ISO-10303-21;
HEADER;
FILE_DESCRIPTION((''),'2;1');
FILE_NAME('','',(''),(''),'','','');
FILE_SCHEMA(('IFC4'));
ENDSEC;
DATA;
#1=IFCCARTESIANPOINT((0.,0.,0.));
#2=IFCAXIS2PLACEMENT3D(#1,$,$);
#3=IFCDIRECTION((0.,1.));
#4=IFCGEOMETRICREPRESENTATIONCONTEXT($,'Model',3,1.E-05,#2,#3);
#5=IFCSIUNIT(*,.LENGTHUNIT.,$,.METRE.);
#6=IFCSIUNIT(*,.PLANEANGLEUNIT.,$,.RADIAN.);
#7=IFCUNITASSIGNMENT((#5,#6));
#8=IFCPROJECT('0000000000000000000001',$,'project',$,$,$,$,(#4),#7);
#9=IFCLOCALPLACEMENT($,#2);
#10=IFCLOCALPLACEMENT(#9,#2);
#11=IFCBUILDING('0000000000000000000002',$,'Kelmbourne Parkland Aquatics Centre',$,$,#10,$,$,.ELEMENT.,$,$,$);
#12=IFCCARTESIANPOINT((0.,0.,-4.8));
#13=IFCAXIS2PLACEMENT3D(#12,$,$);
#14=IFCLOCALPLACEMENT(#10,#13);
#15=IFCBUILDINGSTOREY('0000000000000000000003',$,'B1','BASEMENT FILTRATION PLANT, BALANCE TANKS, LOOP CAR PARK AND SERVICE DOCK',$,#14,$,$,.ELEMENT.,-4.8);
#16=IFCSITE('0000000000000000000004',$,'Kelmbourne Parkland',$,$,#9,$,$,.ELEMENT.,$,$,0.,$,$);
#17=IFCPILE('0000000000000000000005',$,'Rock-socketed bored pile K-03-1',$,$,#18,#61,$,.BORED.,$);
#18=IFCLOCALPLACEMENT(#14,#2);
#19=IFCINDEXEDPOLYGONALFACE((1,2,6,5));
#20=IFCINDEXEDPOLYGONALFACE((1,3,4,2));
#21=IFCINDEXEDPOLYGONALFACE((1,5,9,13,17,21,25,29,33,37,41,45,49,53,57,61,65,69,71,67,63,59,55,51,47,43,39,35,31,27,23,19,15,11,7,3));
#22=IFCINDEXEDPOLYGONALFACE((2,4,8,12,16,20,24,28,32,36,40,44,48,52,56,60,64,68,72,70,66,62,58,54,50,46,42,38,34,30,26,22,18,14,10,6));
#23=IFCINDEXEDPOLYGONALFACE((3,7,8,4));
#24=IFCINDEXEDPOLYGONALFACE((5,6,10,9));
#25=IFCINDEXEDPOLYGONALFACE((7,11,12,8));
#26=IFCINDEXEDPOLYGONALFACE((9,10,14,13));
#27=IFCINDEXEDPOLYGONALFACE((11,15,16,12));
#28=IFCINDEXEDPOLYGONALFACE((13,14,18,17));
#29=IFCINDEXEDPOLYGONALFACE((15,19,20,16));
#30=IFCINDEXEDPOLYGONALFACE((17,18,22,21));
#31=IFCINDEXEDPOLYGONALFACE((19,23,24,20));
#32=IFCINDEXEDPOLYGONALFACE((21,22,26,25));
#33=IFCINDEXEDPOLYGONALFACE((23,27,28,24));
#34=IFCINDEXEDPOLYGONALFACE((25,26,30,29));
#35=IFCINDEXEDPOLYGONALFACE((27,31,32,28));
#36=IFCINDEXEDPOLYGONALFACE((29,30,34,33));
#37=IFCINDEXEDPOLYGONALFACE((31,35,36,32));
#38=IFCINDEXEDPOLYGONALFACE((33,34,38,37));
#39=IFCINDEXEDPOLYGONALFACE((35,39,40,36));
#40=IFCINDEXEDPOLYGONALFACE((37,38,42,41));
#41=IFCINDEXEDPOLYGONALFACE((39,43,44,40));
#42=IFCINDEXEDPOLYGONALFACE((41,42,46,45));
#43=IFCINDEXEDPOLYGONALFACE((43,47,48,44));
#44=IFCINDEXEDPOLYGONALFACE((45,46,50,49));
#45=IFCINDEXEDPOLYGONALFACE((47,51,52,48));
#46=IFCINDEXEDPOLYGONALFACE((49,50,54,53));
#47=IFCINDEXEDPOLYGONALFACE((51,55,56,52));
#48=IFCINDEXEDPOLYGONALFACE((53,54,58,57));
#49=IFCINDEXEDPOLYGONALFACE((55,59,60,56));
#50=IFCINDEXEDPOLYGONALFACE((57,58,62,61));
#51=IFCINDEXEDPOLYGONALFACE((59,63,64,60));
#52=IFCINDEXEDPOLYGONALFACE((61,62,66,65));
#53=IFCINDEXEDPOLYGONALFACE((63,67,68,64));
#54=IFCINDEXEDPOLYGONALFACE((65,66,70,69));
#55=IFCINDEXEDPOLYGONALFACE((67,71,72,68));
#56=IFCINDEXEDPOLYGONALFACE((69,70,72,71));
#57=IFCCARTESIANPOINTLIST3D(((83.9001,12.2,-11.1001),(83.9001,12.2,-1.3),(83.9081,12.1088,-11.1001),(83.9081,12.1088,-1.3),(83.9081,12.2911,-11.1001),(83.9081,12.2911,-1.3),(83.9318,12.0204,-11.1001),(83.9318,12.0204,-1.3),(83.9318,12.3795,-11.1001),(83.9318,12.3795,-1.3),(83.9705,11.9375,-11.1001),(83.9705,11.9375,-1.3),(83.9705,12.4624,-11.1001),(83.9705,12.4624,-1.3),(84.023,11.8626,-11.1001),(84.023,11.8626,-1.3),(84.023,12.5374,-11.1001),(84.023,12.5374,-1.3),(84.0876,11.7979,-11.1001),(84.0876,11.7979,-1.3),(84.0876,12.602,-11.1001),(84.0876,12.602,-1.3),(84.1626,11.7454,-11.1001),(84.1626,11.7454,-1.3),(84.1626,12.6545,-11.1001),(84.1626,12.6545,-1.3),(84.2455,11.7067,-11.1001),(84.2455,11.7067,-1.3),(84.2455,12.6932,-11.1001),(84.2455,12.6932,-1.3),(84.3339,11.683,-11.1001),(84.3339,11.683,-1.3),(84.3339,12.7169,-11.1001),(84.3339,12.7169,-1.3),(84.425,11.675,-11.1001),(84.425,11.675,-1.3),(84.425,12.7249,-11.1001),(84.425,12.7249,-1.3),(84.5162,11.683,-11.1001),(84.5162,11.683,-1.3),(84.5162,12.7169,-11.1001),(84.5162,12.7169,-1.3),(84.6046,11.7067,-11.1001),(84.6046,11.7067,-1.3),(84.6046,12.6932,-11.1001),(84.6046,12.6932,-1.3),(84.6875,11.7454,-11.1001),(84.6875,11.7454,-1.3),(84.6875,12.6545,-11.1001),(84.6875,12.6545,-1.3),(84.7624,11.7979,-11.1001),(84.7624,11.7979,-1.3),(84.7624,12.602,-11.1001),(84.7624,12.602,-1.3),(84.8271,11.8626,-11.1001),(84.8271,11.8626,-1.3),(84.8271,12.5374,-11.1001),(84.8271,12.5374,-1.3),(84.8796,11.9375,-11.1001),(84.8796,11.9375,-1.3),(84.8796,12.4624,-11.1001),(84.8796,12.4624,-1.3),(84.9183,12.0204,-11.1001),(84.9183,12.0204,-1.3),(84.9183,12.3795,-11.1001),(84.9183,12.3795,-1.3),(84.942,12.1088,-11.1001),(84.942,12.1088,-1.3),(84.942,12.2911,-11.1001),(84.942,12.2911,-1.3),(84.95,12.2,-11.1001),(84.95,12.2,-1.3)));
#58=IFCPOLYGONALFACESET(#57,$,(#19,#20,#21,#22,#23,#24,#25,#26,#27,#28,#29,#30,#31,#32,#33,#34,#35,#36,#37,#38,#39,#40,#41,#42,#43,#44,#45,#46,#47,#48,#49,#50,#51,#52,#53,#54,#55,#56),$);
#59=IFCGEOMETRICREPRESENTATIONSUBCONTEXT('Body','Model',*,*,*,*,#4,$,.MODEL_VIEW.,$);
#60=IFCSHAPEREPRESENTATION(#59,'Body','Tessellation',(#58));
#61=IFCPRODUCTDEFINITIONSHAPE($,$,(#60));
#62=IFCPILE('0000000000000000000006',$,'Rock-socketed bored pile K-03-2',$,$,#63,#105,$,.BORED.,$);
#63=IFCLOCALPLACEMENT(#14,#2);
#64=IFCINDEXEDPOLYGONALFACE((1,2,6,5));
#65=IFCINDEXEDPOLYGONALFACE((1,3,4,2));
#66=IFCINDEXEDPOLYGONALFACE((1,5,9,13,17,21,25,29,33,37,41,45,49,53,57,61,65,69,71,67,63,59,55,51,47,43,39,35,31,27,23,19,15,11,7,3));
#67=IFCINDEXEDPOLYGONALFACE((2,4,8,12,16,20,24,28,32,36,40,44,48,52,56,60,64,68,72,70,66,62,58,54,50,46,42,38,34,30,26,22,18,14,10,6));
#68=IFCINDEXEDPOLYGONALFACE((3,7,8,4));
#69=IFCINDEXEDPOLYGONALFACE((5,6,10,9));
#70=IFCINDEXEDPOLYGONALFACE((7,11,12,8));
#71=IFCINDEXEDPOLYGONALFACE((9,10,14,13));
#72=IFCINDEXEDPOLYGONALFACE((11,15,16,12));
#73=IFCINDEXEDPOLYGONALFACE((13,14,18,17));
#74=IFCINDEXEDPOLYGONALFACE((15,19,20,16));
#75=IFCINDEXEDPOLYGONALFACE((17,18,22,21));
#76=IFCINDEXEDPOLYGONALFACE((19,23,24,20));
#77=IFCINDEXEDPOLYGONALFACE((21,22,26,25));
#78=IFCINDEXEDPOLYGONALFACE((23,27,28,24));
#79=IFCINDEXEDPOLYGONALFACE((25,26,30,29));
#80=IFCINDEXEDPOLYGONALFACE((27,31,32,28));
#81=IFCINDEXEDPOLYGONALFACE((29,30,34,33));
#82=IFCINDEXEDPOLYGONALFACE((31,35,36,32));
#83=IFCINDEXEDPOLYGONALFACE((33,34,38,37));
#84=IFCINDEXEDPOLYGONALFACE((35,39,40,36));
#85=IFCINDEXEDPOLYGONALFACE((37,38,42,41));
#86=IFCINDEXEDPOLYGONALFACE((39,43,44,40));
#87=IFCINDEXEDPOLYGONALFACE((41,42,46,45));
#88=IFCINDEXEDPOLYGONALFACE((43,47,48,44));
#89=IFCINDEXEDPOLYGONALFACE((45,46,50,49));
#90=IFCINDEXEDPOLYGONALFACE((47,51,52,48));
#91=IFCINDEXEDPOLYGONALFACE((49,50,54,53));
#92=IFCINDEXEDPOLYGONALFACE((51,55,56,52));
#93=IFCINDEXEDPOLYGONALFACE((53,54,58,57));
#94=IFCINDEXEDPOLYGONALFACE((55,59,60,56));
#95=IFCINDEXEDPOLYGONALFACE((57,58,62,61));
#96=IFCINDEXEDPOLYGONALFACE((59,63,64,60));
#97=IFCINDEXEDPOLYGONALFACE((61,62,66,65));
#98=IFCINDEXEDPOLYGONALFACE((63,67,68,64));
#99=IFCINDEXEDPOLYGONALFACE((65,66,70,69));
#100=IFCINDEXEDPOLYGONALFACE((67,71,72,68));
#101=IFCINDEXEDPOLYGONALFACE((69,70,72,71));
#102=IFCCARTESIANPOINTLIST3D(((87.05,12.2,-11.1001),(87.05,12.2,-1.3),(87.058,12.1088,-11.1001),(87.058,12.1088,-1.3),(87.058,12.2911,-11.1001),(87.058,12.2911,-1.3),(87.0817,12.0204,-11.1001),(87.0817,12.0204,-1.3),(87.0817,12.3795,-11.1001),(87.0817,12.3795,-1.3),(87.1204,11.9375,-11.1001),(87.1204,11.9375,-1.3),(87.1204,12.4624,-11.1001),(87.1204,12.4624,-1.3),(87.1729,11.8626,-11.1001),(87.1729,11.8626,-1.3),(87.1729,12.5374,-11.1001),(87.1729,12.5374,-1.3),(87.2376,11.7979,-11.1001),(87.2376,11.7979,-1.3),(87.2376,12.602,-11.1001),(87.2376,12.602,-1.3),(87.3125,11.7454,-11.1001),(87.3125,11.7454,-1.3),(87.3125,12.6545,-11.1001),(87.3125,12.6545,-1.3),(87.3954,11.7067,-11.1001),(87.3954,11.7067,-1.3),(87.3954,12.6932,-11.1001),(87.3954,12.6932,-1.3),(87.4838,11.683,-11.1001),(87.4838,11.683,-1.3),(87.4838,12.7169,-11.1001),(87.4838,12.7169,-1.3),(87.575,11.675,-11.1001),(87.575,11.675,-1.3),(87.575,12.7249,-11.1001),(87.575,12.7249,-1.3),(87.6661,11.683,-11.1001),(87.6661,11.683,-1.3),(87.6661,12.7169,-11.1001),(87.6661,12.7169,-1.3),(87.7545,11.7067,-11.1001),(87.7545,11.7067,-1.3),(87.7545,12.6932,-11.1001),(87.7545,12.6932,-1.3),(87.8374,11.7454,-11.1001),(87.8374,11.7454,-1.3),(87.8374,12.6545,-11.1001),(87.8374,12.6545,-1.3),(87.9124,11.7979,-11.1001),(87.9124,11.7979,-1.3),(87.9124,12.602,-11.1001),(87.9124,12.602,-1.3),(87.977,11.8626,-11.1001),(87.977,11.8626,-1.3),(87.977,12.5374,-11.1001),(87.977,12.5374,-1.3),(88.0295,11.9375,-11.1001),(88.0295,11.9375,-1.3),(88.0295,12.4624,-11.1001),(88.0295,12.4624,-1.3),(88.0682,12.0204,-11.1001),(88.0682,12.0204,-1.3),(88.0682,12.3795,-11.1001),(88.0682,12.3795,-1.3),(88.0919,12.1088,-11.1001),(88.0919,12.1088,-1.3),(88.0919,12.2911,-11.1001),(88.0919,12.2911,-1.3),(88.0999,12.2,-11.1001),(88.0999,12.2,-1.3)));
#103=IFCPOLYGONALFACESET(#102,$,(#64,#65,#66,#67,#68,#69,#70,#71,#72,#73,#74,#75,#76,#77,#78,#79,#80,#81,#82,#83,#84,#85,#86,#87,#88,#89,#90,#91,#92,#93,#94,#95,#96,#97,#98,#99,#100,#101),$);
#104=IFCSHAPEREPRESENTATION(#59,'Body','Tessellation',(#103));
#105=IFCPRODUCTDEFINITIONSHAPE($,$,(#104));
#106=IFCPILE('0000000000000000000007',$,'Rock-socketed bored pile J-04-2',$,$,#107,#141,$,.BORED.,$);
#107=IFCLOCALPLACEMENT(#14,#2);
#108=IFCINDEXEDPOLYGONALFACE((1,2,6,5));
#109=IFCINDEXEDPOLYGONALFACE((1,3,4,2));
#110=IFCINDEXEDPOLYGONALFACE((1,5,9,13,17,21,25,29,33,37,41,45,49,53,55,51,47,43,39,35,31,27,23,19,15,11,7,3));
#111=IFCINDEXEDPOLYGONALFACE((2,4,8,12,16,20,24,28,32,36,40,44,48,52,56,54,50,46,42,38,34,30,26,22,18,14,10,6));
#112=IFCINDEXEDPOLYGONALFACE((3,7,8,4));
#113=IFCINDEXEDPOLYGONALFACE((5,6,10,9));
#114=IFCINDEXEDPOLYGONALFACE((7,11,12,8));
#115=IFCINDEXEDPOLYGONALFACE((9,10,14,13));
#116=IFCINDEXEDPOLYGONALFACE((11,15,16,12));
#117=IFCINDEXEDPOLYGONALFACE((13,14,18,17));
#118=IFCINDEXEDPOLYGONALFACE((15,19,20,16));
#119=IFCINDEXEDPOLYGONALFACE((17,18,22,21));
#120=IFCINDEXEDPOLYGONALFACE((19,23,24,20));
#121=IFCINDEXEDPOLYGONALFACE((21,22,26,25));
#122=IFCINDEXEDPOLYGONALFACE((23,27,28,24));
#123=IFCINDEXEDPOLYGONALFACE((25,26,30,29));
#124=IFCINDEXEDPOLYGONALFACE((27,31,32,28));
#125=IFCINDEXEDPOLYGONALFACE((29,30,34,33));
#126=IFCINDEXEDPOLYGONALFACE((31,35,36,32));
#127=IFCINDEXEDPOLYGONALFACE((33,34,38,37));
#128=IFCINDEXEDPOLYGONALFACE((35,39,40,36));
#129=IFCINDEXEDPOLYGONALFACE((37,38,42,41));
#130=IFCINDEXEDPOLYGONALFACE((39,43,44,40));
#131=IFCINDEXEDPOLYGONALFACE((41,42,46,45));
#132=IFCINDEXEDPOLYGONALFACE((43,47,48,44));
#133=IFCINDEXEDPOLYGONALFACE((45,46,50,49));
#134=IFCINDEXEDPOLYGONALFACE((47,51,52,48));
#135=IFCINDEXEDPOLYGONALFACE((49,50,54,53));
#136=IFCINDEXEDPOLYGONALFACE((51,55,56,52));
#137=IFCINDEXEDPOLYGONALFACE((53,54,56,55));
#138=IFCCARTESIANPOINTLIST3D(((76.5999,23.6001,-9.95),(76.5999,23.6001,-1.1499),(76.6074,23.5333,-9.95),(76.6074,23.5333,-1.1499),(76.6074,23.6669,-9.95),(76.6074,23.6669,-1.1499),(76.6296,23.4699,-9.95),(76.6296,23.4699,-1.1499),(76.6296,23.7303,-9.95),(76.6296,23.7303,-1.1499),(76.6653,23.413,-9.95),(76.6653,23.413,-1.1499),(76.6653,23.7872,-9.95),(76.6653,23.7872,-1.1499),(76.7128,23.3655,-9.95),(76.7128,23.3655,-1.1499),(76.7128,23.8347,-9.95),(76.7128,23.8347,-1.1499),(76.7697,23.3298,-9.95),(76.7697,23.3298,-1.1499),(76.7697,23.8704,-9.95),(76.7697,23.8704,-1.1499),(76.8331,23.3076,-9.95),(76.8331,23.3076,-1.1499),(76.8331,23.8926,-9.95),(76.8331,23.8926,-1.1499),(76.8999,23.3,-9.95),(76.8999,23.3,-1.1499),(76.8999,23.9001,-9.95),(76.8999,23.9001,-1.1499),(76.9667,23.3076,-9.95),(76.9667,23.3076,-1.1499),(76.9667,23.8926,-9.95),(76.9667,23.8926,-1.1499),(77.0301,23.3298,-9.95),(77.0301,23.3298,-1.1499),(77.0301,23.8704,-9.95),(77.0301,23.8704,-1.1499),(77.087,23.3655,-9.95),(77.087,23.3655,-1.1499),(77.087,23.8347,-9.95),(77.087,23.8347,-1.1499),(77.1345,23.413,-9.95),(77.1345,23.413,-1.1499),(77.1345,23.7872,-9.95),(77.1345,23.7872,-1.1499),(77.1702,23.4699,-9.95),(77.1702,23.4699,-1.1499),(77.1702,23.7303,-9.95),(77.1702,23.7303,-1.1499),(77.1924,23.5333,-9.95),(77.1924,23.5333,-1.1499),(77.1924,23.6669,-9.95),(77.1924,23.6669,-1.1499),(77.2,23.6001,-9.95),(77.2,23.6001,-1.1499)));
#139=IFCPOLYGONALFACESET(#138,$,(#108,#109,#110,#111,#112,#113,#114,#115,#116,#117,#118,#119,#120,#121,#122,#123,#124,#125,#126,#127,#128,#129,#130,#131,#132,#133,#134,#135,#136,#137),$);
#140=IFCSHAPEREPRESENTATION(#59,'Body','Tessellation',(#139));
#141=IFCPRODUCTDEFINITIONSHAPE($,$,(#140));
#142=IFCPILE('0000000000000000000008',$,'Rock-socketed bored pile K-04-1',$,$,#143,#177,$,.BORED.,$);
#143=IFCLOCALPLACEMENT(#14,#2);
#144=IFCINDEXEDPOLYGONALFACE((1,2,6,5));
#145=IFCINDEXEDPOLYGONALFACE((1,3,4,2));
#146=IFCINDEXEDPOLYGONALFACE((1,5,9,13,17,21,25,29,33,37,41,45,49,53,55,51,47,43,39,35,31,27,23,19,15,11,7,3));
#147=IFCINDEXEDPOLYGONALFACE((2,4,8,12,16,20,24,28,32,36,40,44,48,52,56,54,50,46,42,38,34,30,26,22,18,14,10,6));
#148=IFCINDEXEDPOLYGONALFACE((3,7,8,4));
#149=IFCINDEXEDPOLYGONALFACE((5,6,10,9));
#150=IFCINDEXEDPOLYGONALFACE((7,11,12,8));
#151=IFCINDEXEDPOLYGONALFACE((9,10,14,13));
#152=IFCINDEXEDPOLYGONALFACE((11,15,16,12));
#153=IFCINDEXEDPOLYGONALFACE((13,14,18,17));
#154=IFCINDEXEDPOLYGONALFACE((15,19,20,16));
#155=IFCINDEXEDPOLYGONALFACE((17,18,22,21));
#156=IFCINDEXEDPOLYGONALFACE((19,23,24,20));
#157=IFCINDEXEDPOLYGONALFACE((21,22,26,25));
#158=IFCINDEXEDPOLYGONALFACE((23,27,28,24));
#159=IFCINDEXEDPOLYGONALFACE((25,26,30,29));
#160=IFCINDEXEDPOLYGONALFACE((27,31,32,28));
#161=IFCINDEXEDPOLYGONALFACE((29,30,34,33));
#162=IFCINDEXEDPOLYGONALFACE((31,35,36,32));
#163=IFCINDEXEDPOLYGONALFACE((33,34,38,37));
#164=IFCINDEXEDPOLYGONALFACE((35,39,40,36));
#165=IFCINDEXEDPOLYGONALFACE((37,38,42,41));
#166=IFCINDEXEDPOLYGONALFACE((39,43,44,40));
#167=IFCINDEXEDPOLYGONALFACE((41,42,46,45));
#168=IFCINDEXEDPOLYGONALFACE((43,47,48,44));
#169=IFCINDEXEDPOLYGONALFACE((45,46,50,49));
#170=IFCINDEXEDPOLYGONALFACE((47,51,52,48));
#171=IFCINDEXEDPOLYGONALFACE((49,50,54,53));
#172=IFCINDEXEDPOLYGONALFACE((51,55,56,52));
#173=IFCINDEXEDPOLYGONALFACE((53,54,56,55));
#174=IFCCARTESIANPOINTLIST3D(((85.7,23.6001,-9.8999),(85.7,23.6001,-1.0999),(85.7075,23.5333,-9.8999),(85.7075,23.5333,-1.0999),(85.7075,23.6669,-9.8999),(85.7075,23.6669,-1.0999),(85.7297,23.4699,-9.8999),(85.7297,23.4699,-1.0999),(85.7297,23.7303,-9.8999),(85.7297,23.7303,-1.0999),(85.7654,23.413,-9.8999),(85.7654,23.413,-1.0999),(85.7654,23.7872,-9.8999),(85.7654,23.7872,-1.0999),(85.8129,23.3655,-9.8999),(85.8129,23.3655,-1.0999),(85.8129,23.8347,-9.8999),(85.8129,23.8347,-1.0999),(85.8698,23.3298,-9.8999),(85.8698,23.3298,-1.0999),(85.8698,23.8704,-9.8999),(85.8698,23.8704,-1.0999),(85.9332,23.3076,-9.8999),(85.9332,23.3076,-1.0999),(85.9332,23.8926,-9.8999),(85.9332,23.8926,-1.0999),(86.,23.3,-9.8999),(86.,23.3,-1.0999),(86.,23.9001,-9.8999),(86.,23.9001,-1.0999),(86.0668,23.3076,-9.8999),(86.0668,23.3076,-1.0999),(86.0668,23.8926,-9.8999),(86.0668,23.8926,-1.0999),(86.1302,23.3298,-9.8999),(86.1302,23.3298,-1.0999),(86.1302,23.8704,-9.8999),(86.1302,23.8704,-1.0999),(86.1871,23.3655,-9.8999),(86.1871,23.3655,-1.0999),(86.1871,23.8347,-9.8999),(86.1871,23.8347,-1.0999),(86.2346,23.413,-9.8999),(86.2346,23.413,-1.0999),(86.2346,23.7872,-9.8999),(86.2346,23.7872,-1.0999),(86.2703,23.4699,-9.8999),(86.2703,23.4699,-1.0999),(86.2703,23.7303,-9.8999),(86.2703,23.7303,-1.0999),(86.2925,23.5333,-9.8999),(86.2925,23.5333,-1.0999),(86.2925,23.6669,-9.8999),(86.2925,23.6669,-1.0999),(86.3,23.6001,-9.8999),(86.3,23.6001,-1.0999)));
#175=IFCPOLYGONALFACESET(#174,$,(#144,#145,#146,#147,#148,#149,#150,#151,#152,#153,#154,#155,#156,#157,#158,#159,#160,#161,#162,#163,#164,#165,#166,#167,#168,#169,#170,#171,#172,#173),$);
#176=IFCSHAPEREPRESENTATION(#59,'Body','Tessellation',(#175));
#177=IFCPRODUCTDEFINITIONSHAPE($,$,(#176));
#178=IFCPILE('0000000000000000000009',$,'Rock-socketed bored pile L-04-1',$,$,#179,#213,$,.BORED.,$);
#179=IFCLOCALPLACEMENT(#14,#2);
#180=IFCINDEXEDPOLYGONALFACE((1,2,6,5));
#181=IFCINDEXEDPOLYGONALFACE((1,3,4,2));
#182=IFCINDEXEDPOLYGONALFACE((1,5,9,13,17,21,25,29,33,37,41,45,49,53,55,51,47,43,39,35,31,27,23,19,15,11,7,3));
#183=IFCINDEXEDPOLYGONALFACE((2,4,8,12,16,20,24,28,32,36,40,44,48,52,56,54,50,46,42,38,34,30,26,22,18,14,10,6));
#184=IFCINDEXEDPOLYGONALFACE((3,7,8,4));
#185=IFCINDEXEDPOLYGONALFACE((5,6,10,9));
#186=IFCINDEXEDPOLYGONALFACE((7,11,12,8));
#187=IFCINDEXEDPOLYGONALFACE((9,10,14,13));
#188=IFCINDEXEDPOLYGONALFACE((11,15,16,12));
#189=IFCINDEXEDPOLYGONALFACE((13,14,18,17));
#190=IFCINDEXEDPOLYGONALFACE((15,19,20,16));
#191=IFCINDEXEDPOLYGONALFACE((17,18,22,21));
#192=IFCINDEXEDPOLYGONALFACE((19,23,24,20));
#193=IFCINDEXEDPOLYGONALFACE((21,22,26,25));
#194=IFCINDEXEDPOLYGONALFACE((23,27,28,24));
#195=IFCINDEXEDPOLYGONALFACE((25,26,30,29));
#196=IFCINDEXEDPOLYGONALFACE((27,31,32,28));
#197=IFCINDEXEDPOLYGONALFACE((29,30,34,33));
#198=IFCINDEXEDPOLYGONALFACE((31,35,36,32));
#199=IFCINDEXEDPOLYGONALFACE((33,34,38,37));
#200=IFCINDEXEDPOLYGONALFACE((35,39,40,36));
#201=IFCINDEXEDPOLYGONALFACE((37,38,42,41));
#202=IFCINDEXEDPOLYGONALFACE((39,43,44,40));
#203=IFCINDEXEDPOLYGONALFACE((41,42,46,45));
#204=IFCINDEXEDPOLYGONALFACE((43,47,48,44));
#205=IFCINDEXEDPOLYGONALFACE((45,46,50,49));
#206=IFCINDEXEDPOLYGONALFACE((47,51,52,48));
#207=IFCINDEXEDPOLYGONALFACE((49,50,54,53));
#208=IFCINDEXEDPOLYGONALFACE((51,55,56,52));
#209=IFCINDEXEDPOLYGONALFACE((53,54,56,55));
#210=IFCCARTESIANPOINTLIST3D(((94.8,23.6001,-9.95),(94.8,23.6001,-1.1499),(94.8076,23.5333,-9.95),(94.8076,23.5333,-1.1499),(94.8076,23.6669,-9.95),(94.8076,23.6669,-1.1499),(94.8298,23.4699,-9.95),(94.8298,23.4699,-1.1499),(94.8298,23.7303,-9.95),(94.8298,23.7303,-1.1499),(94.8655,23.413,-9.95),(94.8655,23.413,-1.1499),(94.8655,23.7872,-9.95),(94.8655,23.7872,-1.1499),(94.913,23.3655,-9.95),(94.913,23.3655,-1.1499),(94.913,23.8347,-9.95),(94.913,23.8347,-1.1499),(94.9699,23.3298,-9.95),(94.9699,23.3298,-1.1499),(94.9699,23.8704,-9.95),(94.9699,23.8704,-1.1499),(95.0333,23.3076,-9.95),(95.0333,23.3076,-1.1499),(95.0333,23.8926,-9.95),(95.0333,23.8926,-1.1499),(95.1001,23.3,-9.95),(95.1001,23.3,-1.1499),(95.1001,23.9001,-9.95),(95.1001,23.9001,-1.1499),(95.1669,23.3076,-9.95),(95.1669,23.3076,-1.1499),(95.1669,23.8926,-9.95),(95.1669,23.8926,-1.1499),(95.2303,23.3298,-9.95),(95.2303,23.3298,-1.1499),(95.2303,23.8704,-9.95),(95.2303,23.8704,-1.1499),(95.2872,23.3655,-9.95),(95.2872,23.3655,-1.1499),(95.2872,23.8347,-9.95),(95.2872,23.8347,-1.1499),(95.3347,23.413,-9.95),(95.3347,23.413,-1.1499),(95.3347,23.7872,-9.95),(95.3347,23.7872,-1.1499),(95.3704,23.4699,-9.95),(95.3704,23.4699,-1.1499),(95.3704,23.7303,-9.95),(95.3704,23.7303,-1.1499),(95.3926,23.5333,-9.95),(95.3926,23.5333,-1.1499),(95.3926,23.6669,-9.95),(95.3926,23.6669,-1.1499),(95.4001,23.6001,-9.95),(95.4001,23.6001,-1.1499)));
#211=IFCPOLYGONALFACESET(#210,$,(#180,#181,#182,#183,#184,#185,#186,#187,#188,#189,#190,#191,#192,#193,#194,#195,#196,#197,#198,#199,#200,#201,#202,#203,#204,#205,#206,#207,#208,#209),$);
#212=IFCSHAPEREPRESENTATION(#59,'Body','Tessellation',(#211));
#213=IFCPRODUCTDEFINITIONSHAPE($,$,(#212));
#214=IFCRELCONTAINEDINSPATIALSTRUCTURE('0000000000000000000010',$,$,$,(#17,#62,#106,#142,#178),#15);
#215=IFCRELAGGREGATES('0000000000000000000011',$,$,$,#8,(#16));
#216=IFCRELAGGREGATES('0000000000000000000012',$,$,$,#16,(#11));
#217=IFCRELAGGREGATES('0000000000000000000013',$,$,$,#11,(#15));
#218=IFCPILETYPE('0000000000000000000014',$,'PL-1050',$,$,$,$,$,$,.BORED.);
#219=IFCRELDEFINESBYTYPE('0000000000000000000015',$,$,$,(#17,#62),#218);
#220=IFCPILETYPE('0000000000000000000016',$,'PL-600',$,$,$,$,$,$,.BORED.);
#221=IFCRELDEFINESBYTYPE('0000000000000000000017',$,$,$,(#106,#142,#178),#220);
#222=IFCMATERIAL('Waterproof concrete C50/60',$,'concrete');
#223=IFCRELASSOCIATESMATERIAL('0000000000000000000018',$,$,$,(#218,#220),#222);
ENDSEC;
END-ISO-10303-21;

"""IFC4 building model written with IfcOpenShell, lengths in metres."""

from ifc_helpers import new_model, si_unit, direction, frame, origin, origin_2d, place, context, subcontext, project, spatial, circle, extrude, material, material_profile, profile_set, type_object, element, save


model = new_model("IFC4")

# Units and contexts
model_context = context("Model", 3, precision=1e-05, world=origin(), true_north=direction((0.0, 1.0)))
body_context = subcontext(model_context, "Body", "Model", "MODEL_VIEW")
ifc_project = project(units=[si_unit("LENGTHUNIT", "METRE"), si_unit("PLANEANGLEUNIT", "RADIAN")], contexts=[model_context])

# Site, building, storey
site_placement = place(None, origin())
site = spatial("IfcSite", under=ifc_project, at=site_placement, Name="Kelmbourne Parkland", CompositionType="ELEMENT", RefElevation=0.0)
building_placement = place(site_placement, origin())
building = spatial("IfcBuilding", under=site, at=building_placement, Name="Kelmbourne Parkland Aquatics Centre", CompositionType="ELEMENT")
storey_placement = place(building_placement, frame((0.0, 0.0, -4.8)))
storey = spatial("IfcBuildingStorey", under=building, at=storey_placement, Name="B1", Description="BASEMENT FILTRATION PLANT, BALANCE TANKS, LOOP CAR PARK AND SERVICE DOCK", CompositionType="ELEMENT", Elevation=-4.8)

# Shared definitions
ifc_material_1 = material(Name="Waterproof concrete C50/60", Category="concrete")

# Piles
ifc_material_profile_1 = material_profile(ifc_material_1, circle(Radius=0.5249, at=origin_2d()), Name="PILE D1050")
ifc_profile_set_1 = profile_set([ifc_material_profile_1], Name="Waterproof concrete C50/60")
pile_type_1 = type_object("IfcPileType", Name="PL-1050", PredefinedType="BORED", material=ifc_profile_set_1)
for number, where, z_axis, x_axis, name in (
    (1, (84.425, 12.2, -1.3), (0.0, 0.0, -1.0), (1.0, 0.0, 0.0), "Rock-socketed bored pile K-03-1"),
    (2, (87.575, 12.2, -1.3), (0.0, 0.0, -1.0), (1.0, 0.0, 0.0), "Rock-socketed bored pile K-03-2"),
):
    element("IfcPile", number, at=place(storey_placement, frame(where, z_axis=z_axis, x_axis=x_axis)), inside=storey, type_object=pile_type_1, Name=name, PredefinedType="BORED", context=body_context, shape_type="SweptSolid", body=[
        extrude(circle(Radius=0.5249, at=origin_2d()), origin(), (0.0, 0.0, 1.0), 9.8),
    ])
ifc_material_profile_2 = material_profile(ifc_material_1, circle(Radius=0.3, at=origin_2d()), Name="PILE D600")
ifc_profile_set_2 = profile_set([ifc_material_profile_2], Name="Waterproof concrete C50/60")
pile_type_2 = type_object("IfcPileType", Name="PL-600", PredefinedType="BORED", material=ifc_profile_set_2)
for number, where, z_axis, x_axis, name in (
    (3, (76.8999, 23.6001, -1.1499), (0.0, 0.0, -1.0), (1.0, 0.0, 0.0), "Rock-socketed bored pile J-04-2"),
    (4, (86.0, 23.6001, -1.0999), (0.0, 0.0, -1.0), (1.0, 0.0, 0.0), "Rock-socketed bored pile K-04-1"),
    (5, (95.1001, 23.6001, -1.1499), (0.0, 0.0, -1.0), (1.0, 0.0, 0.0), "Rock-socketed bored pile L-04-1"),
):
    element("IfcPile", number, at=place(storey_placement, frame(where, z_axis=z_axis, x_axis=x_axis)), inside=storey, type_object=pile_type_2, Name=name, PredefinedType="BORED", context=body_context, shape_type="SweptSolid", body=[
        extrude(circle(Radius=0.3, at=origin_2d()), origin(), (0.0, 0.0, 1.0), 8.8),
    ])

save(model, "model.ifc")
